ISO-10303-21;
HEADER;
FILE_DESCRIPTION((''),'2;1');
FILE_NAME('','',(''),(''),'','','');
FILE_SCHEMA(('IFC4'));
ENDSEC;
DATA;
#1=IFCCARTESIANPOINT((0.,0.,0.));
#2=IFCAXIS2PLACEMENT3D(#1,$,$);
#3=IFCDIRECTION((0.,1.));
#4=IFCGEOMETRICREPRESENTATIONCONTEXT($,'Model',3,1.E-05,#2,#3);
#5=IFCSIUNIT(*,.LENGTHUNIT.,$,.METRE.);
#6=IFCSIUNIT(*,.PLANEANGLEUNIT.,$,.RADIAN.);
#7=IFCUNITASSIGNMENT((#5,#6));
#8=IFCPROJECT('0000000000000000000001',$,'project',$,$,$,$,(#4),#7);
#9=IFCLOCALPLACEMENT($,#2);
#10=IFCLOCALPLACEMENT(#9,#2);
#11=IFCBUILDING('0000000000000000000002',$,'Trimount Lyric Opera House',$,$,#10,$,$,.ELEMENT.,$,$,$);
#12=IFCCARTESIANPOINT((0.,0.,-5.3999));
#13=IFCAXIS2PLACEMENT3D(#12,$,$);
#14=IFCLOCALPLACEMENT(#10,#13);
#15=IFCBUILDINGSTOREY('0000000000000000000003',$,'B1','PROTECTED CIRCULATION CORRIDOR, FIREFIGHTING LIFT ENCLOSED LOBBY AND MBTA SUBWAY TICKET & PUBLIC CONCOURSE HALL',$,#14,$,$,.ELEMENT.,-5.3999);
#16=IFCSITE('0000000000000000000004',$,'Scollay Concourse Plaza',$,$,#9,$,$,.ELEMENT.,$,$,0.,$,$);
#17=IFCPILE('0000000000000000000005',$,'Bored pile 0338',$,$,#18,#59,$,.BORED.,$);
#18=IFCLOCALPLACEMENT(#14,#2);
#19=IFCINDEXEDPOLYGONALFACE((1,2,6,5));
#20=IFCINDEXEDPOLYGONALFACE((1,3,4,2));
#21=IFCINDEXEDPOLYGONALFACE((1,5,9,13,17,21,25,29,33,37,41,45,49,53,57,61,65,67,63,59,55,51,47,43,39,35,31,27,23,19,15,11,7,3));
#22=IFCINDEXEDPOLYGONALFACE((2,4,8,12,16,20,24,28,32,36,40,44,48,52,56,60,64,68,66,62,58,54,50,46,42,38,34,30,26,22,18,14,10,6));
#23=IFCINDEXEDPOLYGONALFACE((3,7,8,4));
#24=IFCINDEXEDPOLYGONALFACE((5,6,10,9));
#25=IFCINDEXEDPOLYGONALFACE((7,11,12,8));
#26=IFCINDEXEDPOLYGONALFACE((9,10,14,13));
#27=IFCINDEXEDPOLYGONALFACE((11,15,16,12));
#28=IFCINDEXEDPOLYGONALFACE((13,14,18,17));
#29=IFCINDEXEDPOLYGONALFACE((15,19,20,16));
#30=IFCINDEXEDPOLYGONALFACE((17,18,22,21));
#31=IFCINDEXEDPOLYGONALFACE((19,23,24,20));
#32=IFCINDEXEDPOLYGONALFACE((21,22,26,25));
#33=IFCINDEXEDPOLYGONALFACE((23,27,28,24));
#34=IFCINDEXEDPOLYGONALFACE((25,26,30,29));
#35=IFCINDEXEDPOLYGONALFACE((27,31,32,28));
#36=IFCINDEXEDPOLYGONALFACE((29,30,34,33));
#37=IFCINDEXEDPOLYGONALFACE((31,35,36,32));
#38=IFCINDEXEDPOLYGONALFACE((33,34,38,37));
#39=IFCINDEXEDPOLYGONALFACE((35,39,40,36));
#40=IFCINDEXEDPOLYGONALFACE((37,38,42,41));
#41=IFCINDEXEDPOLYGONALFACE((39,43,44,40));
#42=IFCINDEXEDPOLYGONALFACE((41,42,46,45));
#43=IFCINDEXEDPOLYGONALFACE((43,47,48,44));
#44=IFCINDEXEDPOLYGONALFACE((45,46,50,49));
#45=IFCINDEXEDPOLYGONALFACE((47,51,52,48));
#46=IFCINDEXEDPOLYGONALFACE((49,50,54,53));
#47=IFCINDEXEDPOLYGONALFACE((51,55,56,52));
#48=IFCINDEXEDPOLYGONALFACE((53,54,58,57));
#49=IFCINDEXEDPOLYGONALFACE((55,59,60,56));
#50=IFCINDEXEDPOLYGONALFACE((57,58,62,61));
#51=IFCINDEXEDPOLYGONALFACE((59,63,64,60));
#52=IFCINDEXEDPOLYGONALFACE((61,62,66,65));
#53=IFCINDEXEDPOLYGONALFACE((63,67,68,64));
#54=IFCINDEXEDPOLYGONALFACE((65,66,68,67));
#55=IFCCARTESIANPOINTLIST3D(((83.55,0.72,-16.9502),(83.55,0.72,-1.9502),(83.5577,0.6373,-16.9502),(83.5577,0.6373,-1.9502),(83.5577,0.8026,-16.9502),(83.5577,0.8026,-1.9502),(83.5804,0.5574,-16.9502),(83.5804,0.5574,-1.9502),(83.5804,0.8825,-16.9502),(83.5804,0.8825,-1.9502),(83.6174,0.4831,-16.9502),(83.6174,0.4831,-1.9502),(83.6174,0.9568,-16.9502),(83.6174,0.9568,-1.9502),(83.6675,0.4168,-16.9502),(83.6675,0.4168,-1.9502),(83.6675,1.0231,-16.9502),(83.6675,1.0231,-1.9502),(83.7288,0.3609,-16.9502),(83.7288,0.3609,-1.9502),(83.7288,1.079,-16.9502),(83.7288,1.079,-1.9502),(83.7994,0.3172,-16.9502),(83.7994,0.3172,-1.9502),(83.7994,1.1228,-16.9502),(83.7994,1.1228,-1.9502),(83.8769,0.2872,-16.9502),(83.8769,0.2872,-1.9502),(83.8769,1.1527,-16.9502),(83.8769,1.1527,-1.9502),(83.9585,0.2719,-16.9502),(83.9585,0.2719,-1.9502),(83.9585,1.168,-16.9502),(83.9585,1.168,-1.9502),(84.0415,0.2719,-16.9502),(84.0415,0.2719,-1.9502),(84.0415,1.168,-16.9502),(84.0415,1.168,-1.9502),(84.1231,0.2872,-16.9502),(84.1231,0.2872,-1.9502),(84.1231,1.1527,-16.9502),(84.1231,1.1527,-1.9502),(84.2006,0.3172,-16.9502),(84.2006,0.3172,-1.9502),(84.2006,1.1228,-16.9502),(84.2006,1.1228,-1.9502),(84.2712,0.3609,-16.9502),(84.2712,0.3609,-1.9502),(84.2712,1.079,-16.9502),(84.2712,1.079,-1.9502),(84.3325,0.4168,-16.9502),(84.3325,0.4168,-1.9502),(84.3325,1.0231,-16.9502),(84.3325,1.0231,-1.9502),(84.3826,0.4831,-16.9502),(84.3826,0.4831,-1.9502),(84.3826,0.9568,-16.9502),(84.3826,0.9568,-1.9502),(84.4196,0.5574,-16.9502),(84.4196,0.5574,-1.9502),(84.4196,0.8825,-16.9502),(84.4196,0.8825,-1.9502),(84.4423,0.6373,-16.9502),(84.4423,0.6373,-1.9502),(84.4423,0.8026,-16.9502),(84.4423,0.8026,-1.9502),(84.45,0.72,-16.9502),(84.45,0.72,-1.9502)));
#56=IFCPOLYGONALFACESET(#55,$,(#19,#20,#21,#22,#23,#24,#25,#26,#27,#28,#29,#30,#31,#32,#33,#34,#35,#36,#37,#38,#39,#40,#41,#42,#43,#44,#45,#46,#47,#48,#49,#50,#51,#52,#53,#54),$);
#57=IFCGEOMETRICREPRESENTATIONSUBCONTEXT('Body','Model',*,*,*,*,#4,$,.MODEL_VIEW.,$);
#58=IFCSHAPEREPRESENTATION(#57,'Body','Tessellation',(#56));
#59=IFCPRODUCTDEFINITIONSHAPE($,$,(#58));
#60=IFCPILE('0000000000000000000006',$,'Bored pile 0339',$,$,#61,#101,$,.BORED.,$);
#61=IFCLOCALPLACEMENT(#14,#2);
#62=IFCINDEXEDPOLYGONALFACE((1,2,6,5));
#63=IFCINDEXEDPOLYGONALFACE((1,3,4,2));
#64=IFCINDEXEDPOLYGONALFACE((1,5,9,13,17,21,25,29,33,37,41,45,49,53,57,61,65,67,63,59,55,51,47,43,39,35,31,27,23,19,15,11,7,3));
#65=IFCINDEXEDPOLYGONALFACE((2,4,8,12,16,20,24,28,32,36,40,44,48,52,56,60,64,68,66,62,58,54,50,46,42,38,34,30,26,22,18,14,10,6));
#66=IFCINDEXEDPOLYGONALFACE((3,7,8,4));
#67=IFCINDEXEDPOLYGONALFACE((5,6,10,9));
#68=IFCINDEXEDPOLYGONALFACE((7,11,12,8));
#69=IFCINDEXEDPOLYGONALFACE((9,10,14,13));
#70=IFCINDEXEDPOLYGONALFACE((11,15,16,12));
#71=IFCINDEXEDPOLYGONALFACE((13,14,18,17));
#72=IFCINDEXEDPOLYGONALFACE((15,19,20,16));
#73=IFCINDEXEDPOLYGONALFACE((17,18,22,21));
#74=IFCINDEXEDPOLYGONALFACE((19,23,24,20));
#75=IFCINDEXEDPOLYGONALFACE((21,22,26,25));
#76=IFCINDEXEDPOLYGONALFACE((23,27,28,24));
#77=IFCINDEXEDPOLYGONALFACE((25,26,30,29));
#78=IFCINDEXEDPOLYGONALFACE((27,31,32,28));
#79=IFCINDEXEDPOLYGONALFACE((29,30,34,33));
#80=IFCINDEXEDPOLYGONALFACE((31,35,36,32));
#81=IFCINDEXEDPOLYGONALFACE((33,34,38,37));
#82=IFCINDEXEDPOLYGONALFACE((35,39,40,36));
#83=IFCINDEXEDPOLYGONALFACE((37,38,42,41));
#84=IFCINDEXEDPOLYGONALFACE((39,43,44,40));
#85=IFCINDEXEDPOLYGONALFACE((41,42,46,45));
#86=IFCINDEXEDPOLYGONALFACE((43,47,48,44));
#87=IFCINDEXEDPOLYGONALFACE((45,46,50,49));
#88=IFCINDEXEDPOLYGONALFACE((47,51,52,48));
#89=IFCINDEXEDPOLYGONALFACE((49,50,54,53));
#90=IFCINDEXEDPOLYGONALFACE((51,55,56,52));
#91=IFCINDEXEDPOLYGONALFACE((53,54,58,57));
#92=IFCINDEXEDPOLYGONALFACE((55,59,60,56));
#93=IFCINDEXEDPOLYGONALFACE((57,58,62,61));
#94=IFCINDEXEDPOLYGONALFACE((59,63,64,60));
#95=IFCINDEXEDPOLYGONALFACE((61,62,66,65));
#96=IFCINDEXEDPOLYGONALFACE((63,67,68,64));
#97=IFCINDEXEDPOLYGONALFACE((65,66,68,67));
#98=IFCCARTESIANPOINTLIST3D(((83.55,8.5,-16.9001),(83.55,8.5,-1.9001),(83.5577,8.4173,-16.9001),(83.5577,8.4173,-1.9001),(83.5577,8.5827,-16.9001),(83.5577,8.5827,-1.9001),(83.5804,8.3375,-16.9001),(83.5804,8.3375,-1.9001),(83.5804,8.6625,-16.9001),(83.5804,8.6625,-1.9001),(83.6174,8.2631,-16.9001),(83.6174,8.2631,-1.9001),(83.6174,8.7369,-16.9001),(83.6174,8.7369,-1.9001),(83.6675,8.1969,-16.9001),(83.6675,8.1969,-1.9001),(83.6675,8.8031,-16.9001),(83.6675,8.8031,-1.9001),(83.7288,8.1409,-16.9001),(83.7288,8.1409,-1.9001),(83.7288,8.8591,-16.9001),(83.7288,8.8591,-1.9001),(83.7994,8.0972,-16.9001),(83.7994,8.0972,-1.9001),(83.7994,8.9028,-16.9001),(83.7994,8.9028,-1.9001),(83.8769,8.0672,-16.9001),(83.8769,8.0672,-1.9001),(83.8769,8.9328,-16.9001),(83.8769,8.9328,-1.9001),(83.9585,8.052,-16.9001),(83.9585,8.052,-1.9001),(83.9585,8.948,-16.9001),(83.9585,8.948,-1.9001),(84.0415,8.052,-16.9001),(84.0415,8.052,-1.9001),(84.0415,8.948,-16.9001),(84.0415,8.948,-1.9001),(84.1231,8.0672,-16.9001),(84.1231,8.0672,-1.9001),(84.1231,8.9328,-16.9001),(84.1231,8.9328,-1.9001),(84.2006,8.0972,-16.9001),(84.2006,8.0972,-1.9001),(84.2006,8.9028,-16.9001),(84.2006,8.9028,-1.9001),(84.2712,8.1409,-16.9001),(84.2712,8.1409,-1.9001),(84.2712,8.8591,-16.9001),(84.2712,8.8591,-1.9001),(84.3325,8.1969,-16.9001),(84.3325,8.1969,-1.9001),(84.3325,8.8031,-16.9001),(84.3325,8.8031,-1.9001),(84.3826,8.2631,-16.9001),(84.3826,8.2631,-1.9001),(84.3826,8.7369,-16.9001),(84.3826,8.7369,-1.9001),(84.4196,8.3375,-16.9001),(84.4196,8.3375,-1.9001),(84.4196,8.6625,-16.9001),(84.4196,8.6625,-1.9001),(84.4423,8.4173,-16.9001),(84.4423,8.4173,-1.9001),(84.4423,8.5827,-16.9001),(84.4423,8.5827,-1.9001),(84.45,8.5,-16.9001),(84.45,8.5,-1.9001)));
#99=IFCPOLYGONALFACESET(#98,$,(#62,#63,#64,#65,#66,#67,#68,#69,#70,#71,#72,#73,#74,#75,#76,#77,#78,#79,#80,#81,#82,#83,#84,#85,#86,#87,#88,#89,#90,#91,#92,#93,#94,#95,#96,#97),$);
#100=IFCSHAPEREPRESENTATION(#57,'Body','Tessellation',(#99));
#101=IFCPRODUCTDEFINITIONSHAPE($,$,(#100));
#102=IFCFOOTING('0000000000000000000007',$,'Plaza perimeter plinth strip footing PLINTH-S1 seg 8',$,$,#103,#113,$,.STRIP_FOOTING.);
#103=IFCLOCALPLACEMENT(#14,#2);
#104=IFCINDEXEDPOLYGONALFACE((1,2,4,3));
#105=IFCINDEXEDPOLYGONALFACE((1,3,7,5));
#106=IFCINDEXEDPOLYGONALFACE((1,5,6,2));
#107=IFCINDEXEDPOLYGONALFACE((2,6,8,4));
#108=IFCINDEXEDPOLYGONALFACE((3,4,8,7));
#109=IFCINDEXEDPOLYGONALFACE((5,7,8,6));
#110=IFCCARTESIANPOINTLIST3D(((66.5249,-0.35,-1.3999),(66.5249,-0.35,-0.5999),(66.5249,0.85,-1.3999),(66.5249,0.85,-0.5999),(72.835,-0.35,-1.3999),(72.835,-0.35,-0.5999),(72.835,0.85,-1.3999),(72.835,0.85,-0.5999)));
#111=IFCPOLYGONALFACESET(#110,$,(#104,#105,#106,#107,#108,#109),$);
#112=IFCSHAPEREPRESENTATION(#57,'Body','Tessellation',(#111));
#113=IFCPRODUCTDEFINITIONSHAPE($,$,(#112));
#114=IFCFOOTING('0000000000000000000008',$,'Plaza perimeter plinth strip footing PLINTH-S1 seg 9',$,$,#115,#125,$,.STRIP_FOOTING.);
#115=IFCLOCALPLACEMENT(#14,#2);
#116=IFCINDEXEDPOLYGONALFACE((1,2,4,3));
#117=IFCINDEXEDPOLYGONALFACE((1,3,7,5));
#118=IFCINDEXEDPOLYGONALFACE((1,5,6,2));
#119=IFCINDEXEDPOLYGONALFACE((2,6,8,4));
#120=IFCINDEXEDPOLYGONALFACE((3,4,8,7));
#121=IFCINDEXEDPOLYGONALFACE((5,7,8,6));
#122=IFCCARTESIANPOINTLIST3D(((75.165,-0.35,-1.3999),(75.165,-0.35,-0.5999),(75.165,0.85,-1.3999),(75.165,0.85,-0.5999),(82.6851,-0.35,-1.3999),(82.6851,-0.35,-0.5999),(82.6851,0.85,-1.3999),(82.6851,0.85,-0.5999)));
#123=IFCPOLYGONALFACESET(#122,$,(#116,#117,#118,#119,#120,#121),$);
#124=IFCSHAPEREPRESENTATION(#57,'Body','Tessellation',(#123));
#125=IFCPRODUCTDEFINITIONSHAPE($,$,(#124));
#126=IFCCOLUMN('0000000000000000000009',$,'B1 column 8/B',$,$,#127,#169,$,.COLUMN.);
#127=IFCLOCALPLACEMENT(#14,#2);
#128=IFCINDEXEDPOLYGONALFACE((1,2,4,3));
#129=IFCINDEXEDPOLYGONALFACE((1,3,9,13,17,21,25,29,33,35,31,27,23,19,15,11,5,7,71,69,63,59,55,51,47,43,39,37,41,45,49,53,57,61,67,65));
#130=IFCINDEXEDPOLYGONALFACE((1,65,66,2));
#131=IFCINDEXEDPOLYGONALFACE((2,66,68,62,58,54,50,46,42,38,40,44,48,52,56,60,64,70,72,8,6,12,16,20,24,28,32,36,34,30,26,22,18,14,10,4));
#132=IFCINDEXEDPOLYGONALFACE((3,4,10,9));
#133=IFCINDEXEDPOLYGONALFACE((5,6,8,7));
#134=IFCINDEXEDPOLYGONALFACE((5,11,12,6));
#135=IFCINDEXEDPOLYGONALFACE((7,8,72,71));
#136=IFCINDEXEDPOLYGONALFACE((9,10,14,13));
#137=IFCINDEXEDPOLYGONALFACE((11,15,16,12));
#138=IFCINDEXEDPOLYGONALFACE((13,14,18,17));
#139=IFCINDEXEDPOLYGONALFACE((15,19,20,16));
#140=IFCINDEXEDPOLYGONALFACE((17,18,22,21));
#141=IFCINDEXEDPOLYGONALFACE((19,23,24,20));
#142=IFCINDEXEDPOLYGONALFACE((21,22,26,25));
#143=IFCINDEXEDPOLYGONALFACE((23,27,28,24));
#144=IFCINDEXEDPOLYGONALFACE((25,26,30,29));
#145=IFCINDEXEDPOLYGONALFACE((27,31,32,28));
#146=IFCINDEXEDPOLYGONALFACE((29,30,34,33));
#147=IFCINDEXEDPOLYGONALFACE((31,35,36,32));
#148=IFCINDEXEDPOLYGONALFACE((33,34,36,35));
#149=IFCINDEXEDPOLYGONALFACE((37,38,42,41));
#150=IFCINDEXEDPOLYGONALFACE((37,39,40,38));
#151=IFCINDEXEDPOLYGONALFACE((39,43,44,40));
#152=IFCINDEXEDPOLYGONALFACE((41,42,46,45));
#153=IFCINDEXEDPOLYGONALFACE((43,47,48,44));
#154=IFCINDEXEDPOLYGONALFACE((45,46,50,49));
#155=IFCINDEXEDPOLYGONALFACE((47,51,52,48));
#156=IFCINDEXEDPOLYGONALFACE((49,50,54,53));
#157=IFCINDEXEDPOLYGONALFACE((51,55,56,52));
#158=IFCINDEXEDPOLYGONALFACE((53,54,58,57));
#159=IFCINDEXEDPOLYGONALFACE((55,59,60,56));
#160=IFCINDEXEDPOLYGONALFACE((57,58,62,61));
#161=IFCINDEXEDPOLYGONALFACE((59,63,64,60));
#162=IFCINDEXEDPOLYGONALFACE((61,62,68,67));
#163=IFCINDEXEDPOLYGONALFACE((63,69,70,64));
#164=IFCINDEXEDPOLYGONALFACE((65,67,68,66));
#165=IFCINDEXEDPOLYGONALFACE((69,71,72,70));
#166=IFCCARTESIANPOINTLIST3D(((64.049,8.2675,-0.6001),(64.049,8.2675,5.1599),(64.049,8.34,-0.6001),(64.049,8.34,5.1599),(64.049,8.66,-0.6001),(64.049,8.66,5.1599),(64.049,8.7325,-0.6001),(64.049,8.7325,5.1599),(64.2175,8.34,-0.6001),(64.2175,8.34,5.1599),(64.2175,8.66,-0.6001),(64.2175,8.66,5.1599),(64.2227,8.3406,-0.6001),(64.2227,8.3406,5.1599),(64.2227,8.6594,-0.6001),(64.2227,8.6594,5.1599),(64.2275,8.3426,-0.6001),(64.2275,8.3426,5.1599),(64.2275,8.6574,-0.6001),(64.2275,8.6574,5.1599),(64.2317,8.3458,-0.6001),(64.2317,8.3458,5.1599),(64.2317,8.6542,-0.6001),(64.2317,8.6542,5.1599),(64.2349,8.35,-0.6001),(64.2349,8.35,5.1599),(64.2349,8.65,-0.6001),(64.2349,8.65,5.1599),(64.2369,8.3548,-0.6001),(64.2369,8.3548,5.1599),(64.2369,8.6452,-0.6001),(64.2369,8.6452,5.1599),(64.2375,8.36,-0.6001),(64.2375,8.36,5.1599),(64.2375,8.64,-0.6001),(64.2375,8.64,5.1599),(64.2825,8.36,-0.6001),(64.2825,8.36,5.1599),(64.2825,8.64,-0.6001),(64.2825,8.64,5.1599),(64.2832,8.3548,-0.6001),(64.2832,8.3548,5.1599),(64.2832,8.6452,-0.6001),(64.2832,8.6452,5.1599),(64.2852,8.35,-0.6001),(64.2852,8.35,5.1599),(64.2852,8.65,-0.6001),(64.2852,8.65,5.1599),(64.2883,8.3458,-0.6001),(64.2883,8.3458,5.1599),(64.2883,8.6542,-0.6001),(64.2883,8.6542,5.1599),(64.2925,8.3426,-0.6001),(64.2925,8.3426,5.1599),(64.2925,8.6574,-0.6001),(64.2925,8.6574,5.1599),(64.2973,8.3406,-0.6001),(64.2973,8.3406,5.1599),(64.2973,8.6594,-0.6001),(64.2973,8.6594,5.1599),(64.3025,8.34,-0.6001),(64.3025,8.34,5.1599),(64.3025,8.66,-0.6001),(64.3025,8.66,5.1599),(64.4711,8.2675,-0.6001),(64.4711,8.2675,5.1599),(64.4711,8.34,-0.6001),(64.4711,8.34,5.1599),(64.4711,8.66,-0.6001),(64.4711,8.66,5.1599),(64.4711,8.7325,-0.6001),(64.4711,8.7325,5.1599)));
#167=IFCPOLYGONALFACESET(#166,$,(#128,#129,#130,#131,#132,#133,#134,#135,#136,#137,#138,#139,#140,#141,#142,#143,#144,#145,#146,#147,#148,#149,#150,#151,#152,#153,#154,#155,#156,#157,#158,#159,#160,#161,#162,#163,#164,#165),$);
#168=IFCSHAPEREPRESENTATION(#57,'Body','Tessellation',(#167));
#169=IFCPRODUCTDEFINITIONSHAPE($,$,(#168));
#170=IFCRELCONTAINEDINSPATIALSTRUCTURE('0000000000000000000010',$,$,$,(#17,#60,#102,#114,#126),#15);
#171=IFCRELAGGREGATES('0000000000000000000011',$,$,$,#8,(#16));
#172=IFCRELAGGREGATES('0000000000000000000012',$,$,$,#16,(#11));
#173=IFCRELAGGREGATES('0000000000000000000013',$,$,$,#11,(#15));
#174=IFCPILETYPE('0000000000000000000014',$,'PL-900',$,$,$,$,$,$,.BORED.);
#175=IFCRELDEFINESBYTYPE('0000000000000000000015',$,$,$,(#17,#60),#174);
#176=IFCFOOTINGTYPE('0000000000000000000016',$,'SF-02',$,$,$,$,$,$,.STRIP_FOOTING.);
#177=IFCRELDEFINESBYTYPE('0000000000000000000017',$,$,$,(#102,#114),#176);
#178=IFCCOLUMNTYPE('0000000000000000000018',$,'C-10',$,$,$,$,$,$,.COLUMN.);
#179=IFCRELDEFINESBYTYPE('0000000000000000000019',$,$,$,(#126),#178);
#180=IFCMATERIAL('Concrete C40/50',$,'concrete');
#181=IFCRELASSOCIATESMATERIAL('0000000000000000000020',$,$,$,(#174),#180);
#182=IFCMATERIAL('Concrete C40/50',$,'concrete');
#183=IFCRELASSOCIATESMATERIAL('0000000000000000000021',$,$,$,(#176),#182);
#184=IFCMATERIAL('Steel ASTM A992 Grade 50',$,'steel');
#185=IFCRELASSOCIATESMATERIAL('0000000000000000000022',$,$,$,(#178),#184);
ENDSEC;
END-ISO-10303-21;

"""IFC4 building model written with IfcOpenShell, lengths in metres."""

from ifc_helpers import new_model, si_unit, direction, frame, origin, origin_2d, place, context, subcontext, project, spatial, rectangle, circle, i_section, extrude, material, material_profile, profile_set, type_object, element, save


model = new_model("IFC4")

# Units and contexts
model_context = context("Model", 3, precision=1e-05, world=origin(), true_north=direction((0.0, 1.0)))
body_context = subcontext(model_context, "Body", "Model", "MODEL_VIEW")
ifc_project = project(units=[si_unit("LENGTHUNIT", "METRE"), si_unit("PLANEANGLEUNIT", "RADIAN")], contexts=[model_context])

# Site, building, storey
site_placement = place(None, origin())
site = spatial("IfcSite", under=ifc_project, at=site_placement, Name="Scollay Concourse Plaza", CompositionType="ELEMENT", RefElevation=0.0)
building_placement = place(site_placement, origin())
building = spatial("IfcBuilding", under=site, at=building_placement, Name="Trimount Lyric Opera House", CompositionType="ELEMENT")
storey_placement = place(building_placement, frame((0.0, 0.0, -5.3999)))
storey = spatial("IfcBuildingStorey", under=building, at=storey_placement, Name="B1", Description="PROTECTED CIRCULATION CORRIDOR, FIREFIGHTING LIFT ENCLOSED LOBBY AND MBTA SUBWAY TICKET & PUBLIC CONCOURSE HALL", CompositionType="ELEMENT", Elevation=-5.3999)

# Piles
ifc_material_1 = material(Name="Concrete C40/50", Category="concrete")
ifc_material_profile_1 = material_profile(ifc_material_1, circle(Radius=0.45, at=origin_2d()), Name="PILE-D900")
ifc_profile_set_1 = profile_set([ifc_material_profile_1], Name="Concrete C40/50")
pile_type_1 = type_object("IfcPileType", Name="PL-900", PredefinedType="BORED", material=ifc_profile_set_1)
for number, where, z_axis, x_axis, name in (
    (1, (84.0, 0.72, -1.9502), (0.0, 0.0, -1.0), (1.0, 0.0, 0.0), "Bored pile 0338"),
    (2, (84.0, 8.5, -1.9001), (0.0, 0.0, -1.0), (1.0, 0.0, 0.0), "Bored pile 0339"),
):
    element("IfcPile", number, at=place(storey_placement, frame(where, z_axis=z_axis, x_axis=x_axis)), inside=storey, type_object=pile_type_1, Name=name, PredefinedType="BORED", context=body_context, shape_type="SweptSolid", body=[
        extrude(circle(Radius=0.45, at=origin_2d()), origin(), (0.0, 0.0, 1.0), 15.0),
    ])

# Footings
ifc_material_2 = material(Name="Concrete C40/50", Category="concrete")
footing_type_1 = type_object("IfcFootingType", Name="SF-02", PredefinedType="STRIP_FOOTING", material=ifc_material_2)
footing_1_placement = place(storey_placement, frame((69.6799, 0.25, -1.3999), z_axis=(0.0, 0.0, 1.0), x_axis=(1.0, 0.0, 0.0)))
element("IfcFooting", 3, at=footing_1_placement, inside=storey, type_object=footing_type_1, Name="Plaza perimeter plinth strip footing PLINTH-S1 seg 8", PredefinedType="STRIP_FOOTING", context=body_context, shape_type="SweptSolid", body=[
    extrude(rectangle(XDim=6.3101, YDim=1.2, at=origin_2d()), origin(), (0.0, 0.0, 1.0), 0.8),
])
footing_2_placement = place(storey_placement, frame((78.925, 0.25, -1.3999), z_axis=(0.0, 0.0, 1.0), x_axis=(1.0, 0.0, 0.0)))
element("IfcFooting", 4, at=footing_2_placement, inside=storey, type_object=footing_type_1, Name="Plaza perimeter plinth strip footing PLINTH-S1 seg 9", PredefinedType="STRIP_FOOTING", context=body_context, shape_type="SweptSolid", body=[
    extrude(rectangle(XDim=7.52, YDim=1.2, at=origin_2d()), origin(), (0.0, 0.0, 1.0), 0.8),
])

# Column
ifc_material_3 = material(Name="Steel ASTM A992 Grade 50", Category="steel")
ifc_material_profile_2 = material_profile(ifc_material_3, i_section(OverallWidth=0.4221, OverallDepth=0.4651, WebThickness=0.0449, FlangeThickness=0.0725, FilletRadius=0.02, at=origin_2d()), Name="W14X398")
ifc_profile_set_2 = profile_set([ifc_material_profile_2], Name="Steel ASTM A992 Grade 50")
column_type_1 = type_object("IfcColumnType", Name="C-10", PredefinedType="COLUMN", material=ifc_profile_set_2)
for number, where, z_axis, x_axis, name in (
    (5, (64.26, 8.5, -0.6001), (0.0, 0.0, 1.0), (1.0, 0.0, 0.0), "B1 column 8/B"),
):
    element("IfcColumn", number, at=place(storey_placement, frame(where, z_axis=z_axis, x_axis=x_axis)), inside=storey, type_object=column_type_1, Name=name, PredefinedType="COLUMN", context=body_context, shape_type="SweptSolid", body=[
        extrude(i_section(OverallWidth=0.4221, OverallDepth=0.4651, WebThickness=0.0449, FlangeThickness=0.0725, FilletRadius=0.02, at=origin_2d()), origin(), (0.0, 0.0, 1.0), 5.76),
    ])

save(model, "model.ifc")
